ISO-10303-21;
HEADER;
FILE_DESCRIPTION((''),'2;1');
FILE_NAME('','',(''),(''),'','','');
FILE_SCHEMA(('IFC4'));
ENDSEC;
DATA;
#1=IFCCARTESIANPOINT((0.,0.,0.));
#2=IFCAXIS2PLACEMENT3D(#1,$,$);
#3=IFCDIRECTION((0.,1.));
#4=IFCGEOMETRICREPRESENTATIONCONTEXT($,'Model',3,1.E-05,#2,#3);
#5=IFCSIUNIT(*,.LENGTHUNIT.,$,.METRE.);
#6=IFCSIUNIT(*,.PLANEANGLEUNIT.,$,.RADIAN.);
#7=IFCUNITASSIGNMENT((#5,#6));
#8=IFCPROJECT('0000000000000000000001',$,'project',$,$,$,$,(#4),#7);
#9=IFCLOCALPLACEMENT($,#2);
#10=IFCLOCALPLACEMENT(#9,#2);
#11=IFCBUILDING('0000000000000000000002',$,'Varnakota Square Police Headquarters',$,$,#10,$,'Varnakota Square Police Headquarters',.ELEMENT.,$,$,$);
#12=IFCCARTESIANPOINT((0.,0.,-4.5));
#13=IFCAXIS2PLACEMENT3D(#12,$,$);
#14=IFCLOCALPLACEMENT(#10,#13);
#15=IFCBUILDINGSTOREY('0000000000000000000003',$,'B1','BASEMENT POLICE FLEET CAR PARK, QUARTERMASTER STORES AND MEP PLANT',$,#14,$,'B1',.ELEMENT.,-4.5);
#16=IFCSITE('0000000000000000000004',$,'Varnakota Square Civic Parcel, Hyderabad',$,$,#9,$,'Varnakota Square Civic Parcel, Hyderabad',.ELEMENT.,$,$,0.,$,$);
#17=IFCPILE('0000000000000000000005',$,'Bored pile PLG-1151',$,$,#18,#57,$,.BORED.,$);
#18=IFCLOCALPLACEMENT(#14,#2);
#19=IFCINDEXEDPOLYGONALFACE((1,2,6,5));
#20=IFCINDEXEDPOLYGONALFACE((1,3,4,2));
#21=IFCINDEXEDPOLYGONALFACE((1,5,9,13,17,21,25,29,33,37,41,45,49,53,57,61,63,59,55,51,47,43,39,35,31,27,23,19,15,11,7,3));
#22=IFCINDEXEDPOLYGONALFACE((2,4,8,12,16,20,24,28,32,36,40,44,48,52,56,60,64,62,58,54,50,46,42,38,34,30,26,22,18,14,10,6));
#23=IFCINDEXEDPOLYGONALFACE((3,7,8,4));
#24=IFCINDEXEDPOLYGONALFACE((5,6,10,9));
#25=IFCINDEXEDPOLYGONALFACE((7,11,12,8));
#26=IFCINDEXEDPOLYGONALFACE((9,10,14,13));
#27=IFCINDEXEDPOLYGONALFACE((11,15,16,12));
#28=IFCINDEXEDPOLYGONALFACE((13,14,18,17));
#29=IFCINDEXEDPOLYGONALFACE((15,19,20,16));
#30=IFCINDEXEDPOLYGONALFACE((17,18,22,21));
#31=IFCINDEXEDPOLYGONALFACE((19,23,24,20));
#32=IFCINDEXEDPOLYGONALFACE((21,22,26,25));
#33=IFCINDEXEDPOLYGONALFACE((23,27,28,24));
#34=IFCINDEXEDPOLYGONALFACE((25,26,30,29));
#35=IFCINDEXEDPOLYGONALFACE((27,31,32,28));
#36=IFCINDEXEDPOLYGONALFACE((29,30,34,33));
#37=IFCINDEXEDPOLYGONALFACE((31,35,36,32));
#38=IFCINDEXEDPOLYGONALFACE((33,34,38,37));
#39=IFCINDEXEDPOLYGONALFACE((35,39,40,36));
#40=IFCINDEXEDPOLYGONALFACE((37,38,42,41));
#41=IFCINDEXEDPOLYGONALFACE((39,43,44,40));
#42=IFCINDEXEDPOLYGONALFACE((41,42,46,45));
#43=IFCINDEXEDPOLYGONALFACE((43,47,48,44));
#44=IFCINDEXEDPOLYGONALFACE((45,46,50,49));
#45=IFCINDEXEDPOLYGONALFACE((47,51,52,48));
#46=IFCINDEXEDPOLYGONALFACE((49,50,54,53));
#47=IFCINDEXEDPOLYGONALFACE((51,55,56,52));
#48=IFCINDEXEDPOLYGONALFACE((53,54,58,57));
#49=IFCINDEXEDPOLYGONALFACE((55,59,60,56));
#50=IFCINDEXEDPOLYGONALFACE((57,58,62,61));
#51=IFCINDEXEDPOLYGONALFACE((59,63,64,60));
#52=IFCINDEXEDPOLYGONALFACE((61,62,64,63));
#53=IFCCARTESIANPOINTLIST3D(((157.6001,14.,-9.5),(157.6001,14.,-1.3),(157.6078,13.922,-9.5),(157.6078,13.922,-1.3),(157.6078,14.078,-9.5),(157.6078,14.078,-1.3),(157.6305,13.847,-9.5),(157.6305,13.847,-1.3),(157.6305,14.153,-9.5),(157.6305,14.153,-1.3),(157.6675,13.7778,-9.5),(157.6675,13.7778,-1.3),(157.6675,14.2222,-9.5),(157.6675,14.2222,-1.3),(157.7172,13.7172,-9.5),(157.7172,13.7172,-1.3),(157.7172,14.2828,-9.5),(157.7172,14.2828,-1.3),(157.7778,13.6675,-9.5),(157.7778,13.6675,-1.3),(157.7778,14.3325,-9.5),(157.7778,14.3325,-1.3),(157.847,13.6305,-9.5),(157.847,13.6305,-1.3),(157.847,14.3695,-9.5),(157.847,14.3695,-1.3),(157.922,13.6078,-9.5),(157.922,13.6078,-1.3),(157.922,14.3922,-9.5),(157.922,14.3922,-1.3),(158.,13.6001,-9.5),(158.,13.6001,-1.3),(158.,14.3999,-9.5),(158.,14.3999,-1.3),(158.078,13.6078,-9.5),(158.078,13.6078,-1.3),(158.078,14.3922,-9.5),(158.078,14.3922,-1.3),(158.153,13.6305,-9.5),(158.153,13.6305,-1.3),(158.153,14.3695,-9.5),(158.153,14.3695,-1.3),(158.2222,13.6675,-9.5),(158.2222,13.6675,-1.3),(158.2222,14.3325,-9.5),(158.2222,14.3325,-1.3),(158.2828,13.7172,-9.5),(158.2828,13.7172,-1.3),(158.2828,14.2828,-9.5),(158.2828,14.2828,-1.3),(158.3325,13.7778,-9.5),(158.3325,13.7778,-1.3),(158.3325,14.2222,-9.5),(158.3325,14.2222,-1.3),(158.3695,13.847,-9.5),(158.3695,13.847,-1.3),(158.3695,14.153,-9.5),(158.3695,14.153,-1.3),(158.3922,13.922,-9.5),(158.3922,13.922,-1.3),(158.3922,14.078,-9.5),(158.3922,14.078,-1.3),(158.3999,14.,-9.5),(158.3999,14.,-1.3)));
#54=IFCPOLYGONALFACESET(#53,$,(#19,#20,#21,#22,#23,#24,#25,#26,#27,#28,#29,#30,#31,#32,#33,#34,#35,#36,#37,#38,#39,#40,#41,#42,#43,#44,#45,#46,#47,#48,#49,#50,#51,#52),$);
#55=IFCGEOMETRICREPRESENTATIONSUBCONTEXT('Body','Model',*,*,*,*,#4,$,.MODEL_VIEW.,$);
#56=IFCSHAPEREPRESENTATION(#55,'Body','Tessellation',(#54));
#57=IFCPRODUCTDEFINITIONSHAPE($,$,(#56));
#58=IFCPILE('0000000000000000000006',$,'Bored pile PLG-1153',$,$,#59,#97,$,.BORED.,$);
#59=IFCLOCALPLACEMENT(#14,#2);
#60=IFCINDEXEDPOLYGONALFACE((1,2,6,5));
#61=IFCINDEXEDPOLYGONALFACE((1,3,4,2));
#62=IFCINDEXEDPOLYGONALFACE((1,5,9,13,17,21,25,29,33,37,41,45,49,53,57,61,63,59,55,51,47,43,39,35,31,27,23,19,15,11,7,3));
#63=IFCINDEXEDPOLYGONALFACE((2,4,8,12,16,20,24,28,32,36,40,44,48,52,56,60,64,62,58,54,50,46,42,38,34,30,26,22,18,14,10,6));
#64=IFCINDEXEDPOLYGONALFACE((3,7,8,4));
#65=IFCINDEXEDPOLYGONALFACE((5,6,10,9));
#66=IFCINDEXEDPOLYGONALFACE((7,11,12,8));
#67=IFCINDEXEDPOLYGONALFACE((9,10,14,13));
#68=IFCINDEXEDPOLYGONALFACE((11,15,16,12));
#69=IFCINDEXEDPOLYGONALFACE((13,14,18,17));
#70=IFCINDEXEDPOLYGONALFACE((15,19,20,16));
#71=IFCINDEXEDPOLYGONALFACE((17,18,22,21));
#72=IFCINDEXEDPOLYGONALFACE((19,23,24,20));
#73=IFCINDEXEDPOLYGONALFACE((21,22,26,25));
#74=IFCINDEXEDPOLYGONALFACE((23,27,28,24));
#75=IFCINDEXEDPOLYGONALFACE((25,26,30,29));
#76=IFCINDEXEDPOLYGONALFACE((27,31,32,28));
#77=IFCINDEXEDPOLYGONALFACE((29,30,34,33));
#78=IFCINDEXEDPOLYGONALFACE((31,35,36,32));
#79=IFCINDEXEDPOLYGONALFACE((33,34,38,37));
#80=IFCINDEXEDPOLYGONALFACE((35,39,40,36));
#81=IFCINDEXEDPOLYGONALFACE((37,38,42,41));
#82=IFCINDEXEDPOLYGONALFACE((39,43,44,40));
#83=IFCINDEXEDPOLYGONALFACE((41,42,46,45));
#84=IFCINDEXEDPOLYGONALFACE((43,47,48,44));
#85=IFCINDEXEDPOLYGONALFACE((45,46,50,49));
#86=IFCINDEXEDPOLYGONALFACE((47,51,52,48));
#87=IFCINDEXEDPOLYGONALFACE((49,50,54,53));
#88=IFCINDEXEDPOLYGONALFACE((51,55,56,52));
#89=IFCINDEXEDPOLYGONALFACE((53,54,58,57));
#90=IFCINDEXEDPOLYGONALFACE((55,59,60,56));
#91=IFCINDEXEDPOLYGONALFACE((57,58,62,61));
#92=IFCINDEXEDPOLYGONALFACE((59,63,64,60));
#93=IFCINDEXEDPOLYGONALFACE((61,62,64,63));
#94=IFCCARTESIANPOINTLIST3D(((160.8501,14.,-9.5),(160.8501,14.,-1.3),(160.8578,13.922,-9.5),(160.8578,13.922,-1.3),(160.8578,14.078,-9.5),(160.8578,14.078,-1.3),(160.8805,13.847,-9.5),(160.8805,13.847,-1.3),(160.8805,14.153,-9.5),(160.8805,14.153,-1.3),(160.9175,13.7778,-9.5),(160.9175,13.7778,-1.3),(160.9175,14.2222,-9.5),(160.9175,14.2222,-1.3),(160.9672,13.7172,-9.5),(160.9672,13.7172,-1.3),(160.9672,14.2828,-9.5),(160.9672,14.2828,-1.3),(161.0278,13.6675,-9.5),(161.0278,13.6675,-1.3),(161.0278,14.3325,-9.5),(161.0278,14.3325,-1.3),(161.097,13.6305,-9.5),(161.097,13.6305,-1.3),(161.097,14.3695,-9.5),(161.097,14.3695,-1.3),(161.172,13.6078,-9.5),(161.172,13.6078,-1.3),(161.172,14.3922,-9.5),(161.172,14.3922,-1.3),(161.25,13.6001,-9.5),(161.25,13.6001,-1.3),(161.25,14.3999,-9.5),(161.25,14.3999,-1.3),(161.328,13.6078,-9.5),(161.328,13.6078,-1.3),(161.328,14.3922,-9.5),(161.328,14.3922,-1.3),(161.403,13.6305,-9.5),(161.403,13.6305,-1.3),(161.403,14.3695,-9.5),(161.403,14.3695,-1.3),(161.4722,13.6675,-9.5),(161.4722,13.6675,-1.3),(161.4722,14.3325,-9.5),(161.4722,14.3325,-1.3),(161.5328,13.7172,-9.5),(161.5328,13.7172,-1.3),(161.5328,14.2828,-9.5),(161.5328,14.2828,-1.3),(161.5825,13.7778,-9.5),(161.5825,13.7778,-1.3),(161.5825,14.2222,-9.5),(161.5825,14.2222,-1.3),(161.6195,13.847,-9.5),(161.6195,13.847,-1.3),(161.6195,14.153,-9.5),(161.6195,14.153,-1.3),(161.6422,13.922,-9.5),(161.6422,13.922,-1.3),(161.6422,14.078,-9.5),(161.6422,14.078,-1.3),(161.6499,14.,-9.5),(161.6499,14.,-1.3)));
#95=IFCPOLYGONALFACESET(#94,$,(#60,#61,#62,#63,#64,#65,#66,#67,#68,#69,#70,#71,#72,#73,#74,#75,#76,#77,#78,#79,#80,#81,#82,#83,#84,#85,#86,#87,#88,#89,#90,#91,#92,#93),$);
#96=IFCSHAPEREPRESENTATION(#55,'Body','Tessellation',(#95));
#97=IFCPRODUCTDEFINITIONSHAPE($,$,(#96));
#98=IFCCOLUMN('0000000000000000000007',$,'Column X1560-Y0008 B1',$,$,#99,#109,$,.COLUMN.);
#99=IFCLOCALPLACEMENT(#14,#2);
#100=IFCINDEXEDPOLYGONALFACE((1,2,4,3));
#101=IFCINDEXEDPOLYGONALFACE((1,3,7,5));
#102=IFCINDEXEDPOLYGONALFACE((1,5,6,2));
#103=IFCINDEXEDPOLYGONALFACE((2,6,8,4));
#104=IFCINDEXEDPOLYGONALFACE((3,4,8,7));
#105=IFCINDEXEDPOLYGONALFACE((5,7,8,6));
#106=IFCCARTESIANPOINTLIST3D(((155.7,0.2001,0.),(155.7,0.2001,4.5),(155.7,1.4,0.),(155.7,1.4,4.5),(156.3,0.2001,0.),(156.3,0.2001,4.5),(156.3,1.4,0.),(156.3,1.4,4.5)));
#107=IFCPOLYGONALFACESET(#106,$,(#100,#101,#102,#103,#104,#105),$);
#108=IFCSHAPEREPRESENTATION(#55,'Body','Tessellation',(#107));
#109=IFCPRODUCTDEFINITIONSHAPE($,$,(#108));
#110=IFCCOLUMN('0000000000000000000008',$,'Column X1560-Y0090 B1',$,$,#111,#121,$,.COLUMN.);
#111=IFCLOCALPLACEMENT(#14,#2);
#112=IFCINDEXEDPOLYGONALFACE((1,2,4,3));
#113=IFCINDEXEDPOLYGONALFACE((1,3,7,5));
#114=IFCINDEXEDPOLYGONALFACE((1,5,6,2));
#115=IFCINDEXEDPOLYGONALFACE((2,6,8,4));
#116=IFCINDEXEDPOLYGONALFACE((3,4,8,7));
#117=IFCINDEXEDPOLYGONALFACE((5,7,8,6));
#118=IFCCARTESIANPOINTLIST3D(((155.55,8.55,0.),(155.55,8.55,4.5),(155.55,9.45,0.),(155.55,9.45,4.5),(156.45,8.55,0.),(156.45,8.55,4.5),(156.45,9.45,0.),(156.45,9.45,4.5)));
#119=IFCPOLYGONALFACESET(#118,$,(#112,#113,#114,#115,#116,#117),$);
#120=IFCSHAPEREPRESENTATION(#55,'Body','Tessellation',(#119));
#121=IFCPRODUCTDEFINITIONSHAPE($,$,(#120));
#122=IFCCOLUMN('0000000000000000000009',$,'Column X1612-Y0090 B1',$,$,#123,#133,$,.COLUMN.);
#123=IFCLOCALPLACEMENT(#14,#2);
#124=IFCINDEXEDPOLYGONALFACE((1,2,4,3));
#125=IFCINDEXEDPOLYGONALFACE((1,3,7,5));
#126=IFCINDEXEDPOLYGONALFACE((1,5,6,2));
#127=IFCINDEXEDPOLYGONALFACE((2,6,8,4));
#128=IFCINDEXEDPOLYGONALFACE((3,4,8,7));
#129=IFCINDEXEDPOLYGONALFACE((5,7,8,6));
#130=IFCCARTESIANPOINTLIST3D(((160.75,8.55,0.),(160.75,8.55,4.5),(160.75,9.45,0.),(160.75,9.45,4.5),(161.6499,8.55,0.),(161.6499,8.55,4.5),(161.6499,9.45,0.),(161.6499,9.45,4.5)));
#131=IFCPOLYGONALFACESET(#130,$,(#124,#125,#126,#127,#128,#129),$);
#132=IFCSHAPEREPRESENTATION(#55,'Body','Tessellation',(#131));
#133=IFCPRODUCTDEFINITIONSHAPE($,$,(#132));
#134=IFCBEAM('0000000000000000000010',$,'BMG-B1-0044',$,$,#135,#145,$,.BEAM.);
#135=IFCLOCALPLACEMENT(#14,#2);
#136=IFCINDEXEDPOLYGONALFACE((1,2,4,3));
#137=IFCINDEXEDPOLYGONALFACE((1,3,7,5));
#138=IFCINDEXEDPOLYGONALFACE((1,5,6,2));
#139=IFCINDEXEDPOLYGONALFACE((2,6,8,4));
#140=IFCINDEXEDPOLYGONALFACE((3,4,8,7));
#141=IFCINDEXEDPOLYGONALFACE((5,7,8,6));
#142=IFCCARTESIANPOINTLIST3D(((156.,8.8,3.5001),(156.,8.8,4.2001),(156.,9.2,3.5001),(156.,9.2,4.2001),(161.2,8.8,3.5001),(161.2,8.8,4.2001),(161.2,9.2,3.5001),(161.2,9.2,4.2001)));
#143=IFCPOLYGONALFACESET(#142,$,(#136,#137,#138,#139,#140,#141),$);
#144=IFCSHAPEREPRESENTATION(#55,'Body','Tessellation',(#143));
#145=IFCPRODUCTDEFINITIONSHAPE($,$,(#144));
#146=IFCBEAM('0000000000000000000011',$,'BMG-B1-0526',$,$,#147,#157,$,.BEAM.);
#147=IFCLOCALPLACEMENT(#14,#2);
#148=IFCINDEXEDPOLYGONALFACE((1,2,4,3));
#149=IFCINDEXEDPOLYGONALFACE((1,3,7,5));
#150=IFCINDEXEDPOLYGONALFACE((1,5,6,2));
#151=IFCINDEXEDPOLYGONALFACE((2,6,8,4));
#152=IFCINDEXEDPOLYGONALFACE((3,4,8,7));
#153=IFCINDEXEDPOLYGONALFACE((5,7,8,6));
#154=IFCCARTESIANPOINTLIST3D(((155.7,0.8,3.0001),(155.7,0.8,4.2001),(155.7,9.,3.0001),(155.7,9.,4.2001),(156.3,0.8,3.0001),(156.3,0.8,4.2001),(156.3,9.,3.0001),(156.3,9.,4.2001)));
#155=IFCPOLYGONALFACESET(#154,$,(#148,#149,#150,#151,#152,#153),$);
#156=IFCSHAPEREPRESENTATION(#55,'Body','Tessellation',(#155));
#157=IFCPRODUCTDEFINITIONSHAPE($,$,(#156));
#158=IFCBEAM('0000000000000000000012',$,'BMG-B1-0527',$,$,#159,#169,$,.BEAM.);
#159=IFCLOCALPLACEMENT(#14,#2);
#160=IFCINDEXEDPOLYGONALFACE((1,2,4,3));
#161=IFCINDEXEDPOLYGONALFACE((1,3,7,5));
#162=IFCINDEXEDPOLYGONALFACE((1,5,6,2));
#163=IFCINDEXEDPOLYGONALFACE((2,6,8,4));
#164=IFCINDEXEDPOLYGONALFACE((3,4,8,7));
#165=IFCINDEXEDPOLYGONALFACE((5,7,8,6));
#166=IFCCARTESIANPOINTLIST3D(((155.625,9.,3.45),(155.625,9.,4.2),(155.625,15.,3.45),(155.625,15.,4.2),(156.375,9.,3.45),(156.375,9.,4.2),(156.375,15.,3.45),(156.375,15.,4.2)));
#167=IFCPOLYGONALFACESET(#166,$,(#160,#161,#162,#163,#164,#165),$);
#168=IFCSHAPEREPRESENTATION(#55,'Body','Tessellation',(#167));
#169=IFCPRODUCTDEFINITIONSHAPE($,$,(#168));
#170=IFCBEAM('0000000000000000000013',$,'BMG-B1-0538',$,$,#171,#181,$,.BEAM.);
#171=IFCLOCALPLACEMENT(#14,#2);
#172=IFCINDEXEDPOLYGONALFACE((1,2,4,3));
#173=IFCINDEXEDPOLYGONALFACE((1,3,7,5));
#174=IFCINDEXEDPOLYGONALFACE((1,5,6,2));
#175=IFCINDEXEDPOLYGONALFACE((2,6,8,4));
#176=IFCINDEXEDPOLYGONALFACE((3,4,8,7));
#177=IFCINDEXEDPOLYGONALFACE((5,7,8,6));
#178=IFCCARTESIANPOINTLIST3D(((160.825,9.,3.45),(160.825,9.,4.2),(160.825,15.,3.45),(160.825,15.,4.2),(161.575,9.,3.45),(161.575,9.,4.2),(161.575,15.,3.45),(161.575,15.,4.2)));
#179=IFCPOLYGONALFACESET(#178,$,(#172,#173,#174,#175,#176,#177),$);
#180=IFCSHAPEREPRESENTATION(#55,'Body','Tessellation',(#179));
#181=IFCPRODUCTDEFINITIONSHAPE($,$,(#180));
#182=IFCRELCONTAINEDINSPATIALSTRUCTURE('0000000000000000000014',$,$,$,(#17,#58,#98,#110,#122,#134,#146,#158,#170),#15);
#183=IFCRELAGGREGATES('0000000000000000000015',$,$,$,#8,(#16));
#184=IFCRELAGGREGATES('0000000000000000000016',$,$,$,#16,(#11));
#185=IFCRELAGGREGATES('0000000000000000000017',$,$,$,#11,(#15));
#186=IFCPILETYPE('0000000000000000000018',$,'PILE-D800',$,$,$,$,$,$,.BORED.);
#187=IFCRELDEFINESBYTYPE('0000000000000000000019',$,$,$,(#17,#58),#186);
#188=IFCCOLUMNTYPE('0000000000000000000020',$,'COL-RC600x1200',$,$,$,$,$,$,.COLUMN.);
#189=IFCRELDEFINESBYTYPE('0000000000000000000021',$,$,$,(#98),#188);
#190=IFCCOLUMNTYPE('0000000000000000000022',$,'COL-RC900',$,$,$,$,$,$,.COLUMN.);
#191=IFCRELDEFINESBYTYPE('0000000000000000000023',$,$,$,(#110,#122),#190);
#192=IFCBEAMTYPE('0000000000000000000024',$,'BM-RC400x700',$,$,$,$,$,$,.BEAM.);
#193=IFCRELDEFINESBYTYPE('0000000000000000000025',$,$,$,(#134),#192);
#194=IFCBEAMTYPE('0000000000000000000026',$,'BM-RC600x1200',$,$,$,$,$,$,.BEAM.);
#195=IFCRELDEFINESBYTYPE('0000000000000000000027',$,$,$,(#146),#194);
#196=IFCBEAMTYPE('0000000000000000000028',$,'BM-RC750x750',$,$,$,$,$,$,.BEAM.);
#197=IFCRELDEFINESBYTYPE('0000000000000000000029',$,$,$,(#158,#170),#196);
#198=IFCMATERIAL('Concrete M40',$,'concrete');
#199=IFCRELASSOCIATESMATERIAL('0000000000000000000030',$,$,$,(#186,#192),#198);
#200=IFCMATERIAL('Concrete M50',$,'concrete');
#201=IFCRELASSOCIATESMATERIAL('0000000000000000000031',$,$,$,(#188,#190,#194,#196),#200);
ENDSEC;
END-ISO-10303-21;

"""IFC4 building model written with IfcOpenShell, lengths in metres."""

from ifc_helpers import new_model, si_unit, direction, frame, origin, origin_2d, place, context, subcontext, project, spatial, rectangle, circle, extrude, material, material_profile, profile_set, type_object, element, save


model = new_model("IFC4")

# Units and contexts
model_context = context("Model", 3, precision=1e-05, world=origin(), true_north=direction((0.0, 1.0)))
body_context = subcontext(model_context, "Body", "Model", "MODEL_VIEW")
ifc_project = project(units=[si_unit("LENGTHUNIT", "METRE"), si_unit("PLANEANGLEUNIT", "RADIAN")], contexts=[model_context])

# Site, building, storey
site_placement = place(None, origin())
site = spatial("IfcSite", under=ifc_project, at=site_placement, Name="Varnakota Square Civic Parcel, Hyderabad", LongName="Varnakota Square Civic Parcel, Hyderabad", CompositionType="ELEMENT", RefElevation=0.0)
building_placement = place(site_placement, origin())
building = spatial("IfcBuilding", under=site, at=building_placement, Name="Varnakota Square Police Headquarters", LongName="Varnakota Square Police Headquarters", CompositionType="ELEMENT")
storey_placement = place(building_placement, frame((0.0, 0.0, -4.5)))
storey = spatial("IfcBuildingStorey", under=building, at=storey_placement, Name="B1", Description="BASEMENT POLICE FLEET CAR PARK, QUARTERMASTER STORES AND MEP PLANT", LongName="B1", CompositionType="ELEMENT", Elevation=-4.5)

# Shared definitions
ifc_material_1 = material(Name="Concrete M40", Category="concrete")
ifc_material_2 = material(Name="Concrete M50", Category="concrete")

# Piles
ifc_material_profile_1 = material_profile(ifc_material_1, circle(Radius=0.3999, at=origin_2d()), Name="BORED PILE 800")
ifc_profile_set_1 = profile_set([ifc_material_profile_1], Name="Concrete M40")
pile_type = type_object("IfcPileType", Name="PILE-D800", PredefinedType="BORED", material=ifc_profile_set_1)
for number, where, z_axis, x_axis, name in (
    (1, (158.0, 14.0, -1.3), (0.0, 0.0, -1.0), (1.0, 0.0, 0.0), "Bored pile PLG-1151"),
    (2, (161.25, 14.0, -1.3), (0.0, 0.0, -1.0), (1.0, 0.0, 0.0), "Bored pile PLG-1153"),
):
    element("IfcPile", number, at=place(storey_placement, frame(where, z_axis=z_axis, x_axis=x_axis)), inside=storey, type_object=pile_type, Name=name, PredefinedType="BORED", context=body_context, shape_type="SweptSolid", body=[
        extrude(circle(Radius=0.3999, at=origin_2d()), origin(), (0.0, 0.0, 1.0), 8.2),
    ])

# Columns
ifc_material_profile_2 = material_profile(ifc_material_2, rectangle(XDim=0.6001, YDim=1.2, at=origin_2d()), Name="RC 600x1200")
ifc_profile_set_2 = profile_set([ifc_material_profile_2], Name="Concrete M50")
column_type_1 = type_object("IfcColumnType", Name="COL-RC600x1200", PredefinedType="COLUMN", material=ifc_profile_set_2)
column_placement = place(storey_placement, frame((156.0, 0.8, 0.0), z_axis=(0.0, 0.0, 1.0), x_axis=(1.0, 0.0, 0.0)))
element("IfcColumn", 3, at=column_placement, inside=storey, type_object=column_type_1, Name="Column X1560-Y0008 B1", PredefinedType="COLUMN", context=body_context, shape_type="SweptSolid", body=[
    extrude(rectangle(XDim=0.6001, YDim=1.2, at=origin_2d()), origin(), (0.0, 0.0, 1.0), 4.5),
])
ifc_material_profile_3 = material_profile(ifc_material_2, rectangle(XDim=0.8999, YDim=0.8999, at=origin_2d()), Name="RC 900x900")
ifc_profile_set_3 = profile_set([ifc_material_profile_3], Name="Concrete M50")
column_type_2 = type_object("IfcColumnType", Name="COL-RC900", PredefinedType="COLUMN", material=ifc_profile_set_3)
for number, where, z_axis, x_axis, name in (
    (4, (156.0, 9.0, 0.0), (0.0, 0.0, 1.0), (1.0, 0.0, 0.0), "Column X1560-Y0090 B1"),
    (5, (161.2, 9.0, 0.0), (0.0, 0.0, 1.0), (1.0, 0.0, 0.0), "Column X1612-Y0090 B1"),
):
    element("IfcColumn", number, at=place(storey_placement, frame(where, z_axis=z_axis, x_axis=x_axis)), inside=storey, type_object=column_type_2, Name=name, PredefinedType="COLUMN", context=body_context, shape_type="SweptSolid", body=[
        extrude(rectangle(XDim=0.8999, YDim=0.8999, at=origin_2d()), origin(), (0.0, 0.0, 1.0), 4.5),
    ])

# Beams
ifc_material_profile_4 = material_profile(ifc_material_1, rectangle(XDim=0.3999, YDim=0.7, at=origin_2d()), Name="RC 400x700")
ifc_profile_set_4 = profile_set([ifc_material_profile_4], Name="Concrete M40")
beam_type_1 = type_object("IfcBeamType", Name="BM-RC400x700", PredefinedType="BEAM", material=ifc_profile_set_4)
beam_1_placement = place(storey_placement, frame((156.0, 9.0, 3.8501), z_axis=(1.0, 0.0, 0.0), x_axis=(0.0, 1.0, 0.0)))
element("IfcBeam", 6, at=beam_1_placement, inside=storey, type_object=beam_type_1, Name="BMG-B1-0044", PredefinedType="BEAM", context=body_context, shape_type="SweptSolid", body=[
    extrude(rectangle(XDim=0.3999, YDim=0.7, at=origin_2d()), origin(), (0.0, 0.0, 1.0), 5.2),
])
ifc_material_profile_5 = material_profile(ifc_material_2, rectangle(XDim=0.6001, YDim=1.2, at=origin_2d()), Name="RC 600x1200")
ifc_profile_set_5 = profile_set([ifc_material_profile_5], Name="Concrete M50")
beam_type_2 = type_object("IfcBeamType", Name="BM-RC600x1200", PredefinedType="BEAM", material=ifc_profile_set_5)
beam_2_placement = place(storey_placement, frame((156.0, 0.8, 3.6001), z_axis=(0.0, 1.0, 0.0), x_axis=(-1.0, 0.0, 0.0)))
element("IfcBeam", 7, at=beam_2_placement, inside=storey, type_object=beam_type_2, Name="BMG-B1-0526", PredefinedType="BEAM", context=body_context, shape_type="SweptSolid", body=[
    extrude(rectangle(XDim=0.6001, YDim=1.2, at=origin_2d()), origin(), (0.0, 0.0, 1.0), 8.2),
])
ifc_material_profile_6 = material_profile(ifc_material_2, rectangle(XDim=0.75, YDim=0.75, at=origin_2d()), Name="RC 750x750")
ifc_profile_set_6 = profile_set([ifc_material_profile_6], Name="Concrete M50")
beam_type_3 = type_object("IfcBeamType", Name="BM-RC750x750", PredefinedType="BEAM", material=ifc_profile_set_6)
for number, where, z_axis, x_axis, name in (
    (8, (156.0, 9.0, 3.825), (0.0, 1.0, 0.0), (-1.0, 0.0, 0.0), "BMG-B1-0527"),
    (9, (161.2, 9.0, 3.825), (0.0, 1.0, 0.0), (-1.0, 0.0, 0.0), "BMG-B1-0538"),
):
    element("IfcBeam", number, at=place(storey_placement, frame(where, z_axis=z_axis, x_axis=x_axis)), inside=storey, type_object=beam_type_3, Name=name, PredefinedType="BEAM", context=body_context, shape_type="SweptSolid", body=[
        extrude(rectangle(XDim=0.75, YDim=0.75, at=origin_2d()), origin(), (0.0, 0.0, 1.0), 6.0),
    ])

save(model, "model.ifc")
